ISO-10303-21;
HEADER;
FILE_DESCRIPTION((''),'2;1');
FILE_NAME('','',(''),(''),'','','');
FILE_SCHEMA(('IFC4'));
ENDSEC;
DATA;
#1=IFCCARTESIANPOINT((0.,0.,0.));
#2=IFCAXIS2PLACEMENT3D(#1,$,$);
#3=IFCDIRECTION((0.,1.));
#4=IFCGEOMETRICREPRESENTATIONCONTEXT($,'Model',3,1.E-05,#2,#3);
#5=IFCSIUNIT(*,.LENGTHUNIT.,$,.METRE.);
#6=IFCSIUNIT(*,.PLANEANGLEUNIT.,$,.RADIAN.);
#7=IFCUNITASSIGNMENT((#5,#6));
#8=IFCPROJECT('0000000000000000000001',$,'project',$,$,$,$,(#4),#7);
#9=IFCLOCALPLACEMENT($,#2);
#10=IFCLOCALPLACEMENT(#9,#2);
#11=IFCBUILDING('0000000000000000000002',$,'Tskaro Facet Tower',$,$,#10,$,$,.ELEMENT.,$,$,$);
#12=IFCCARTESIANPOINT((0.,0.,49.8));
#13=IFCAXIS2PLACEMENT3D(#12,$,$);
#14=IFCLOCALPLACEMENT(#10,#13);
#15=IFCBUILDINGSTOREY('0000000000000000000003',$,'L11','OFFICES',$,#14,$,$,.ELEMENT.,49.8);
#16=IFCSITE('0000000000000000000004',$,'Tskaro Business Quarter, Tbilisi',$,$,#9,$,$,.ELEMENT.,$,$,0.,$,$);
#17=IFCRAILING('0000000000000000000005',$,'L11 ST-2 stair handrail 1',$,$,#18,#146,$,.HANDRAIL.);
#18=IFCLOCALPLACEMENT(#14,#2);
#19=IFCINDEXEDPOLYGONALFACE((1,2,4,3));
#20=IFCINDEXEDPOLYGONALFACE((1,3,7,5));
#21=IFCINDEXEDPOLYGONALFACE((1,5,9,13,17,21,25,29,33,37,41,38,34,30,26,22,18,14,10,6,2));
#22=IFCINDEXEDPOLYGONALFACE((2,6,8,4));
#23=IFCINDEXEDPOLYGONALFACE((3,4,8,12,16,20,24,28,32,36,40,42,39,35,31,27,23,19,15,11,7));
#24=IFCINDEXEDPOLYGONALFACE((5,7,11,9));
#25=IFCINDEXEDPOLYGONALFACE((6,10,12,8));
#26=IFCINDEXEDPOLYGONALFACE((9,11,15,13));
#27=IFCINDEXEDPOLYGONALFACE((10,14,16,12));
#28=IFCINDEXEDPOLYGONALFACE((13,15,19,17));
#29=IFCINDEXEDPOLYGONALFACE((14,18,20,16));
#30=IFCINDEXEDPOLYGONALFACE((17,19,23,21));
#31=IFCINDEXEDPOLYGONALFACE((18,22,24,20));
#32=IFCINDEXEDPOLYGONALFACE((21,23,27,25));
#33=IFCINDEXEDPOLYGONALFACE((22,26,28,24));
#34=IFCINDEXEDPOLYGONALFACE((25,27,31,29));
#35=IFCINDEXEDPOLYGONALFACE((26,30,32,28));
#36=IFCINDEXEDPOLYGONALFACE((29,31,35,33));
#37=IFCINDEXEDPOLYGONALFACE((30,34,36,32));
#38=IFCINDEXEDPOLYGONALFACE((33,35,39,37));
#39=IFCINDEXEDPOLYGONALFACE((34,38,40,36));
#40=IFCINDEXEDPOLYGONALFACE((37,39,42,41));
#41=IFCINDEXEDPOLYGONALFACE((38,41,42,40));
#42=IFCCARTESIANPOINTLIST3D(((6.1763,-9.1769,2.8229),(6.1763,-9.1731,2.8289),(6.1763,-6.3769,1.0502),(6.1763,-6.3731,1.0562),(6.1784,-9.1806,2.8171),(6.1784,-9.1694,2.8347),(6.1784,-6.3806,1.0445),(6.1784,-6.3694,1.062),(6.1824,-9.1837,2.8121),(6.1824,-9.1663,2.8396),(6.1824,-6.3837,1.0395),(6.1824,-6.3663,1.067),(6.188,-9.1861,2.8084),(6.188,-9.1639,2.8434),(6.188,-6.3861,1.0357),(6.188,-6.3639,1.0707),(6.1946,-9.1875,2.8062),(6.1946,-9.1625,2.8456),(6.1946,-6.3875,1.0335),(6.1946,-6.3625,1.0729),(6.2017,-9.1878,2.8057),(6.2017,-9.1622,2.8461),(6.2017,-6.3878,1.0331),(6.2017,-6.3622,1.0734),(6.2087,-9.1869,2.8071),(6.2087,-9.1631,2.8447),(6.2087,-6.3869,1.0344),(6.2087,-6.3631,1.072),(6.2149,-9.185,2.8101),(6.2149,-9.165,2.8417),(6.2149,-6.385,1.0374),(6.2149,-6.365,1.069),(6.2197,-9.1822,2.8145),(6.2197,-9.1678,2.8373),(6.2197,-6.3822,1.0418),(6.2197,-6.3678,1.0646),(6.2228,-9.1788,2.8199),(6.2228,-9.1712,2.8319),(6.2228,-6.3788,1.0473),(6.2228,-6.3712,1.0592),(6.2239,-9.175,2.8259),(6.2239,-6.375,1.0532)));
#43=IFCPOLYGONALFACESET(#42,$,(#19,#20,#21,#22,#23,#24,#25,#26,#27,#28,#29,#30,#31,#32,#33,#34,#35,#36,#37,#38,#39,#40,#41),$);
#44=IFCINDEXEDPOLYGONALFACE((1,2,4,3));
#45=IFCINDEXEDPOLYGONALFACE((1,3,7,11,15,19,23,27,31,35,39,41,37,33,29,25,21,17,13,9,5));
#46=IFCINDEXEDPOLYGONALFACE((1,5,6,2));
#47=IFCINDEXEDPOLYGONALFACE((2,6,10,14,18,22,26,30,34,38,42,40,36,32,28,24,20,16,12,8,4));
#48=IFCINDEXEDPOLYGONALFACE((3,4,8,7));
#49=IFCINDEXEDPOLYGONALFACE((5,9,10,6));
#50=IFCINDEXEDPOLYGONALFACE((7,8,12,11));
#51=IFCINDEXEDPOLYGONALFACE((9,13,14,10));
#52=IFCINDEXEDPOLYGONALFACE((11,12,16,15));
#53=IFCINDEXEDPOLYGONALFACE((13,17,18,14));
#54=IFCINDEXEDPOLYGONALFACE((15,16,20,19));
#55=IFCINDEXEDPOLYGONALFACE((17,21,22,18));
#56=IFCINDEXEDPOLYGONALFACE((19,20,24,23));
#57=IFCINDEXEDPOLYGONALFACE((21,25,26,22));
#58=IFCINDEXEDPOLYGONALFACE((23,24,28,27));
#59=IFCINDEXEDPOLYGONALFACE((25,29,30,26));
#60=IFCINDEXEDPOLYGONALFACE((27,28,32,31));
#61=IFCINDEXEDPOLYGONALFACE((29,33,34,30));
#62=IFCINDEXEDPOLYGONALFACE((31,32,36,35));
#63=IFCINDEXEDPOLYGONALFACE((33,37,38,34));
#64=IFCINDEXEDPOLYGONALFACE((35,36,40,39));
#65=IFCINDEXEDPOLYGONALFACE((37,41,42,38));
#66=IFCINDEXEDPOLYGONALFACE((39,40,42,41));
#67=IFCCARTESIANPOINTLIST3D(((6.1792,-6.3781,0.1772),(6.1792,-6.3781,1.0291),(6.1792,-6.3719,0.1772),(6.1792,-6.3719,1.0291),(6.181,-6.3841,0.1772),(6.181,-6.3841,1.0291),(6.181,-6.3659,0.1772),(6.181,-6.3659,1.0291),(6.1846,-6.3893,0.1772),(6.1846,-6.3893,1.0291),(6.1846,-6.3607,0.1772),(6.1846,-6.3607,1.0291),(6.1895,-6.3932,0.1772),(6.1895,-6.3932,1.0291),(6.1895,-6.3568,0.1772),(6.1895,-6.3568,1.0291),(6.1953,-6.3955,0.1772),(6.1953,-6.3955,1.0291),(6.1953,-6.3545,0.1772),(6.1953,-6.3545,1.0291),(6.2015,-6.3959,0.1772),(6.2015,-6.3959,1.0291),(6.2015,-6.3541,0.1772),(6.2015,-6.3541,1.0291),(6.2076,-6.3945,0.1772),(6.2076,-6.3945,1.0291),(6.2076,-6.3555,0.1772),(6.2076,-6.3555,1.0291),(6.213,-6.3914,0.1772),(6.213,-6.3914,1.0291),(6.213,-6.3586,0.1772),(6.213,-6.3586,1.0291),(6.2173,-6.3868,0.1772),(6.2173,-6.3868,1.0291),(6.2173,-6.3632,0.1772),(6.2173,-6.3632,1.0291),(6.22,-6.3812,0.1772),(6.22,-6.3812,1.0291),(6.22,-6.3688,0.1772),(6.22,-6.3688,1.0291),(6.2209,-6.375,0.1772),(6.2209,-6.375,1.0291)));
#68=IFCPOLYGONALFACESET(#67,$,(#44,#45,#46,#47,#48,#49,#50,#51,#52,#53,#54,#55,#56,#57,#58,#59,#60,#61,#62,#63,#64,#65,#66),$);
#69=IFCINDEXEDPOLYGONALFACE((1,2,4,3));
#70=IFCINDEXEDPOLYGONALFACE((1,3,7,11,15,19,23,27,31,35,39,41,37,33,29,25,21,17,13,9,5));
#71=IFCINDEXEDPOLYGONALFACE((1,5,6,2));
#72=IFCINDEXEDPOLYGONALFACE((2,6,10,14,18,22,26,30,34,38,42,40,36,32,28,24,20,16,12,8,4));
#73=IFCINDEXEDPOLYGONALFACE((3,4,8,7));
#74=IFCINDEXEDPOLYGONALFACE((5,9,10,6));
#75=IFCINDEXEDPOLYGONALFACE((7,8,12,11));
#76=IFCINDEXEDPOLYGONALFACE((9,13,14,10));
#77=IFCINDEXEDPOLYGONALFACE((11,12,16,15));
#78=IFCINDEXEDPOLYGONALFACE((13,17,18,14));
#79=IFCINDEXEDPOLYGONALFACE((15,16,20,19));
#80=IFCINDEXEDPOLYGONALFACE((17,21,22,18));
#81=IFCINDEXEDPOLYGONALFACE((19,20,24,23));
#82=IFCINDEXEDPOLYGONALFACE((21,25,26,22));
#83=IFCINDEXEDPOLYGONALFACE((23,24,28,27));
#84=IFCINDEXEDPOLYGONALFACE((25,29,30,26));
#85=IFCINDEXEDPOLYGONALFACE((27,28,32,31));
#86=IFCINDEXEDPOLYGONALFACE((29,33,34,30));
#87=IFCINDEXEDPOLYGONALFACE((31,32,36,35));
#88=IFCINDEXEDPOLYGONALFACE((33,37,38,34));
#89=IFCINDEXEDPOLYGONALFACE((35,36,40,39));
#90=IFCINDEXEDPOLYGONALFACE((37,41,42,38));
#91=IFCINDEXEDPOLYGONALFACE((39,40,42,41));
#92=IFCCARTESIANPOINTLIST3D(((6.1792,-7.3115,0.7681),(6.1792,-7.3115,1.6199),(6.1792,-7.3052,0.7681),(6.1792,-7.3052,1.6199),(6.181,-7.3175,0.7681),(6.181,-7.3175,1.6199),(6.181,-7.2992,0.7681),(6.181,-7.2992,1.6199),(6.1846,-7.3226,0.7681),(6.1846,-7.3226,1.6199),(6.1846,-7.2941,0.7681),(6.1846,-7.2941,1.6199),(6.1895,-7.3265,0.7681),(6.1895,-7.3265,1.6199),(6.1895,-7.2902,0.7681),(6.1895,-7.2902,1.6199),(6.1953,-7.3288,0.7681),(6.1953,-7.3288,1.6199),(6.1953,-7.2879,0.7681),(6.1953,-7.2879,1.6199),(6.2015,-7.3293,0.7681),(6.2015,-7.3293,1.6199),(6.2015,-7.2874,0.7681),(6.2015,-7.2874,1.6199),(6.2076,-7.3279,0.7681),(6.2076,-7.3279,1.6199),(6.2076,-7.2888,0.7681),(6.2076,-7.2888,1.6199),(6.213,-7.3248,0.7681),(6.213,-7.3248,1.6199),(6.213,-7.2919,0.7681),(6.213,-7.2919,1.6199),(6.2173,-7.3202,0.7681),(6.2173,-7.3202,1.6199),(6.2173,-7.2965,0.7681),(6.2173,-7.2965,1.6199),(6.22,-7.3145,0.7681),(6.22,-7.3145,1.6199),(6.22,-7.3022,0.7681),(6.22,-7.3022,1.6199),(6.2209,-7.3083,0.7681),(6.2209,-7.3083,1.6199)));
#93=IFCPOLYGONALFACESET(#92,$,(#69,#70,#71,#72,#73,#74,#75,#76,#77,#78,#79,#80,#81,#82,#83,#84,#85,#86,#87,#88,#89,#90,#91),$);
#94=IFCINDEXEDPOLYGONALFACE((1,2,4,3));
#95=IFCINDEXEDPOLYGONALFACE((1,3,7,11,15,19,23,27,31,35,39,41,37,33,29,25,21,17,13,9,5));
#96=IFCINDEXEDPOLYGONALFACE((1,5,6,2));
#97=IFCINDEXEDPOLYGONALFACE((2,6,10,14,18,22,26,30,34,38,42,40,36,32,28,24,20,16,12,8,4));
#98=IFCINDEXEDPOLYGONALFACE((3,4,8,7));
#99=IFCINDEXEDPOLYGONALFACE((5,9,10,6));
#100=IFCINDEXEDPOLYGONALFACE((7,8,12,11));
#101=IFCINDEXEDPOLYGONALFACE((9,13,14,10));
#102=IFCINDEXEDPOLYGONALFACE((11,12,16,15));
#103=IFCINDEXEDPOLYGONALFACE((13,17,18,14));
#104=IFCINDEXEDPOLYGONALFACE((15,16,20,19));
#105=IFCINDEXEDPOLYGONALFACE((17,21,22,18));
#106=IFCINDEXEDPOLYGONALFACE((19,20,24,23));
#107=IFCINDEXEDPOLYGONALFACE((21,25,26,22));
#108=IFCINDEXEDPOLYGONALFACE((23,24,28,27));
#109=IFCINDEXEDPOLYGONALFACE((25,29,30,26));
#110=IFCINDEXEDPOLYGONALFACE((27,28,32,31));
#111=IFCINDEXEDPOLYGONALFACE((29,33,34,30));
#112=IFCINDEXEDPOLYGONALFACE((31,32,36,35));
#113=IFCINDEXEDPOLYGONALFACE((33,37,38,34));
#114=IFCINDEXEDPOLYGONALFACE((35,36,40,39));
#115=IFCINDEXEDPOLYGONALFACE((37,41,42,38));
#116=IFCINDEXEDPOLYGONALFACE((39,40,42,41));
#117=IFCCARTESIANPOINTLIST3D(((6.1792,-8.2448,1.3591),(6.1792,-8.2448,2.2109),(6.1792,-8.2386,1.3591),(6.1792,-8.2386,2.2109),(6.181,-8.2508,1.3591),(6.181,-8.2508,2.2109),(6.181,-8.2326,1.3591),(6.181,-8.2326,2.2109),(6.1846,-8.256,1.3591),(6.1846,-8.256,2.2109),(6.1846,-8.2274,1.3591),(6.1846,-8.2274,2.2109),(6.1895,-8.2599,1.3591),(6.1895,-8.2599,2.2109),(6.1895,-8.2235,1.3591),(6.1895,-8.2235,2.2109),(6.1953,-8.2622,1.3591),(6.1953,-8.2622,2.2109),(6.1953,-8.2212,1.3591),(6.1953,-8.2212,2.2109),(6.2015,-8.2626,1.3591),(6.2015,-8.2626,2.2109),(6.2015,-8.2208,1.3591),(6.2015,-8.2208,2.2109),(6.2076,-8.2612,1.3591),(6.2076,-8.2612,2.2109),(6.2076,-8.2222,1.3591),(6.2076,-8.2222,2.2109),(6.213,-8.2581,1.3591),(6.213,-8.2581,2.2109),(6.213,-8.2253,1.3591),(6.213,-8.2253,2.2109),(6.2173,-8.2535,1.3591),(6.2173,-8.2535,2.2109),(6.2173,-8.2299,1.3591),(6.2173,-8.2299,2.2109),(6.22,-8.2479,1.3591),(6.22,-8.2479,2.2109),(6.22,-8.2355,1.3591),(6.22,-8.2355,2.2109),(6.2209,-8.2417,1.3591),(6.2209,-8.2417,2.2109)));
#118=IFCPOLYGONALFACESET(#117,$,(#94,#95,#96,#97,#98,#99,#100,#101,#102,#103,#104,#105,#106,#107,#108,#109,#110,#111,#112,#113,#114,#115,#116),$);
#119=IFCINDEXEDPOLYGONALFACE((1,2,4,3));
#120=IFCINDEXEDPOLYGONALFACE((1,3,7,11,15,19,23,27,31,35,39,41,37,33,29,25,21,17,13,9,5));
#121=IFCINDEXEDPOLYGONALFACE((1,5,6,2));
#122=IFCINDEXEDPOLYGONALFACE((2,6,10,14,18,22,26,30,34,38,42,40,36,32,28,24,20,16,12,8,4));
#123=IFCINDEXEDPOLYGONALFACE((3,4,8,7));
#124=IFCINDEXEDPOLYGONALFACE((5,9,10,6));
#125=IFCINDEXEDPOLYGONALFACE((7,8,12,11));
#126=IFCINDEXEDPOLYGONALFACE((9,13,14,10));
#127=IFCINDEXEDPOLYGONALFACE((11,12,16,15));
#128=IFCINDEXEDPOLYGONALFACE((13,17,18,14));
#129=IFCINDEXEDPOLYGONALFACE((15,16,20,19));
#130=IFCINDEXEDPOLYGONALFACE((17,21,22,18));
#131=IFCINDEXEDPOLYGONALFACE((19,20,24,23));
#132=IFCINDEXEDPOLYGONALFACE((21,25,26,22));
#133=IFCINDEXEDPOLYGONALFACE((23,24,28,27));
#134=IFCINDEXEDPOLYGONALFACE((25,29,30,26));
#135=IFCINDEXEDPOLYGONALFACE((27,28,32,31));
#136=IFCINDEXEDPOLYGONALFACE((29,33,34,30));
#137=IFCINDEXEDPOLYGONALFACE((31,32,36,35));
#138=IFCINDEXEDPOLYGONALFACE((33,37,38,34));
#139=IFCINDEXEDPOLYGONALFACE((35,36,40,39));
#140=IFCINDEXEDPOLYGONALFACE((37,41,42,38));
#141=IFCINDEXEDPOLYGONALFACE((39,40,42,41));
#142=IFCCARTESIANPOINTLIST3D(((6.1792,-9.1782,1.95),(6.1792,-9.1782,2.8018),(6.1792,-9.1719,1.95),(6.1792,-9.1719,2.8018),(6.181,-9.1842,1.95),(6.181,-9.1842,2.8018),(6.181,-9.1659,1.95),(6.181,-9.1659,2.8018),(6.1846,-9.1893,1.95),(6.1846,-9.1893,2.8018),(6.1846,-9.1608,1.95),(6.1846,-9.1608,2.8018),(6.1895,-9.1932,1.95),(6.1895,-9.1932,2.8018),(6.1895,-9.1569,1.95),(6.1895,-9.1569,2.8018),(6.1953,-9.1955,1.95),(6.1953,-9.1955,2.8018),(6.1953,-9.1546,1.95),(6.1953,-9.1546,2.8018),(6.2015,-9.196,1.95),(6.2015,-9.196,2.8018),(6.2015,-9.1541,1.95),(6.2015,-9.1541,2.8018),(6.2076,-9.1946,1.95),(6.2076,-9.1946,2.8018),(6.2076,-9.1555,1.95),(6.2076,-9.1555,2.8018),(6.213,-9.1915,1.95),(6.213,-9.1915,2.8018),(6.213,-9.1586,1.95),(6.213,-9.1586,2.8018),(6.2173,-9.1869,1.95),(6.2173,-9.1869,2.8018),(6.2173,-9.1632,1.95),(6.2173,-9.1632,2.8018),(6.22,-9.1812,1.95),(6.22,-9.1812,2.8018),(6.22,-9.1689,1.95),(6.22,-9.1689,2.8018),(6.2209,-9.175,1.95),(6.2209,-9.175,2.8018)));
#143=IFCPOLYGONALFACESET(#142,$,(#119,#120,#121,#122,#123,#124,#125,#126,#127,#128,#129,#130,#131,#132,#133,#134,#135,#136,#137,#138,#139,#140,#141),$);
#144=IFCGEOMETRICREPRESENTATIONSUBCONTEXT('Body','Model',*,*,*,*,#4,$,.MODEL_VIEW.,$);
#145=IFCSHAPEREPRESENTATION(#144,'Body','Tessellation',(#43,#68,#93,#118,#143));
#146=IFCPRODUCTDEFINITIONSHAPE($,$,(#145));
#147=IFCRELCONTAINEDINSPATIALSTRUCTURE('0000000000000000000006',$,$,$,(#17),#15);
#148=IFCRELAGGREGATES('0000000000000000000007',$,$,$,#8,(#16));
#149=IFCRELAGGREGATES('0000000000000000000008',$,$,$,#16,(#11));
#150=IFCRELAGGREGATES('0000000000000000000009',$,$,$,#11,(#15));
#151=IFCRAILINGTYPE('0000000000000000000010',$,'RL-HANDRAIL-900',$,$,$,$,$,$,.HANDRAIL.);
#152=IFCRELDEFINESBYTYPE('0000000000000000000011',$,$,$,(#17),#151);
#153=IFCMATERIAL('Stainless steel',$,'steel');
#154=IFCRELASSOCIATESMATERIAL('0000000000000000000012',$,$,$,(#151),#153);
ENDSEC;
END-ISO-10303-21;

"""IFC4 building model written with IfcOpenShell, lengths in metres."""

from ifc_helpers import new_model, si_unit, direction, frame, origin, origin_2d, place, context, subcontext, project, spatial, circle, extrude, material, type_object, element, save


model = new_model("IFC4")

# Units and contexts
model_context = context("Model", 3, precision=1e-05, world=origin(), true_north=direction((0.0, 1.0)))
body_context = subcontext(model_context, "Body", "Model", "MODEL_VIEW")
ifc_project = project(units=[si_unit("LENGTHUNIT", "METRE"), si_unit("PLANEANGLEUNIT", "RADIAN")], contexts=[model_context])

# Site, building, storey
site_placement = place(None, origin())
site = spatial("IfcSite", under=ifc_project, at=site_placement, Name="Tskaro Business Quarter, Tbilisi", CompositionType="ELEMENT", RefElevation=0.0)
building_placement = place(site_placement, origin())
building = spatial("IfcBuilding", under=site, at=building_placement, Name="Tskaro Facet Tower", CompositionType="ELEMENT")
storey_placement = place(building_placement, frame((0.0, 0.0, 49.8)))
storey = spatial("IfcBuildingStorey", under=building, at=storey_placement, Name="L11", Description="OFFICES", CompositionType="ELEMENT", Elevation=49.8)

# Shared definitions
ifc_material_1 = material(Name="Stainless steel", Category="steel")

# Railing
railing_type_1 = type_object("IfcRailingType", Name="RL-HANDRAIL-900", PredefinedType="HANDRAIL", material=ifc_material_1)
railing_1_placement = place(storey_placement, frame((6.2, -6.375, 0.1772)))
element("IfcRailing", 1, at=railing_1_placement, inside=storey, type_object=railing_type_1, Name="L11 ST-2 stair handrail 1", PredefinedType="HANDRAIL", context=body_context, shape_type="SweptSolid", body=[
    extrude(circle(Radius=0.0239, at=origin_2d()), frame((0.0, 0.0, 0.876), z_axis=(0.0, -0.844909, 0.53491), x_axis=(1.0, 0.0, 0.0)), (0.0, 0.0, 1.0), 3.314),
    extrude(circle(Radius=0.021, at=origin_2d()), origin(), (0.0, 0.0, 1.0), 0.8518),
    extrude(circle(Radius=0.021, at=origin_2d()), frame((0.0, -0.9333, 0.5908)), (0.0, 0.0, 1.0), 0.8518),
    extrude(circle(Radius=0.021, at=origin_2d()), frame((0.0, -1.8667, 1.1819)), (0.0, 0.0, 1.0), 0.8518),
    extrude(circle(Radius=0.021, at=origin_2d()), frame((0.0, -2.8, 1.7727)), (0.0, 0.0, 1.0), 0.8518),
])

save(model, "model.ifc")
